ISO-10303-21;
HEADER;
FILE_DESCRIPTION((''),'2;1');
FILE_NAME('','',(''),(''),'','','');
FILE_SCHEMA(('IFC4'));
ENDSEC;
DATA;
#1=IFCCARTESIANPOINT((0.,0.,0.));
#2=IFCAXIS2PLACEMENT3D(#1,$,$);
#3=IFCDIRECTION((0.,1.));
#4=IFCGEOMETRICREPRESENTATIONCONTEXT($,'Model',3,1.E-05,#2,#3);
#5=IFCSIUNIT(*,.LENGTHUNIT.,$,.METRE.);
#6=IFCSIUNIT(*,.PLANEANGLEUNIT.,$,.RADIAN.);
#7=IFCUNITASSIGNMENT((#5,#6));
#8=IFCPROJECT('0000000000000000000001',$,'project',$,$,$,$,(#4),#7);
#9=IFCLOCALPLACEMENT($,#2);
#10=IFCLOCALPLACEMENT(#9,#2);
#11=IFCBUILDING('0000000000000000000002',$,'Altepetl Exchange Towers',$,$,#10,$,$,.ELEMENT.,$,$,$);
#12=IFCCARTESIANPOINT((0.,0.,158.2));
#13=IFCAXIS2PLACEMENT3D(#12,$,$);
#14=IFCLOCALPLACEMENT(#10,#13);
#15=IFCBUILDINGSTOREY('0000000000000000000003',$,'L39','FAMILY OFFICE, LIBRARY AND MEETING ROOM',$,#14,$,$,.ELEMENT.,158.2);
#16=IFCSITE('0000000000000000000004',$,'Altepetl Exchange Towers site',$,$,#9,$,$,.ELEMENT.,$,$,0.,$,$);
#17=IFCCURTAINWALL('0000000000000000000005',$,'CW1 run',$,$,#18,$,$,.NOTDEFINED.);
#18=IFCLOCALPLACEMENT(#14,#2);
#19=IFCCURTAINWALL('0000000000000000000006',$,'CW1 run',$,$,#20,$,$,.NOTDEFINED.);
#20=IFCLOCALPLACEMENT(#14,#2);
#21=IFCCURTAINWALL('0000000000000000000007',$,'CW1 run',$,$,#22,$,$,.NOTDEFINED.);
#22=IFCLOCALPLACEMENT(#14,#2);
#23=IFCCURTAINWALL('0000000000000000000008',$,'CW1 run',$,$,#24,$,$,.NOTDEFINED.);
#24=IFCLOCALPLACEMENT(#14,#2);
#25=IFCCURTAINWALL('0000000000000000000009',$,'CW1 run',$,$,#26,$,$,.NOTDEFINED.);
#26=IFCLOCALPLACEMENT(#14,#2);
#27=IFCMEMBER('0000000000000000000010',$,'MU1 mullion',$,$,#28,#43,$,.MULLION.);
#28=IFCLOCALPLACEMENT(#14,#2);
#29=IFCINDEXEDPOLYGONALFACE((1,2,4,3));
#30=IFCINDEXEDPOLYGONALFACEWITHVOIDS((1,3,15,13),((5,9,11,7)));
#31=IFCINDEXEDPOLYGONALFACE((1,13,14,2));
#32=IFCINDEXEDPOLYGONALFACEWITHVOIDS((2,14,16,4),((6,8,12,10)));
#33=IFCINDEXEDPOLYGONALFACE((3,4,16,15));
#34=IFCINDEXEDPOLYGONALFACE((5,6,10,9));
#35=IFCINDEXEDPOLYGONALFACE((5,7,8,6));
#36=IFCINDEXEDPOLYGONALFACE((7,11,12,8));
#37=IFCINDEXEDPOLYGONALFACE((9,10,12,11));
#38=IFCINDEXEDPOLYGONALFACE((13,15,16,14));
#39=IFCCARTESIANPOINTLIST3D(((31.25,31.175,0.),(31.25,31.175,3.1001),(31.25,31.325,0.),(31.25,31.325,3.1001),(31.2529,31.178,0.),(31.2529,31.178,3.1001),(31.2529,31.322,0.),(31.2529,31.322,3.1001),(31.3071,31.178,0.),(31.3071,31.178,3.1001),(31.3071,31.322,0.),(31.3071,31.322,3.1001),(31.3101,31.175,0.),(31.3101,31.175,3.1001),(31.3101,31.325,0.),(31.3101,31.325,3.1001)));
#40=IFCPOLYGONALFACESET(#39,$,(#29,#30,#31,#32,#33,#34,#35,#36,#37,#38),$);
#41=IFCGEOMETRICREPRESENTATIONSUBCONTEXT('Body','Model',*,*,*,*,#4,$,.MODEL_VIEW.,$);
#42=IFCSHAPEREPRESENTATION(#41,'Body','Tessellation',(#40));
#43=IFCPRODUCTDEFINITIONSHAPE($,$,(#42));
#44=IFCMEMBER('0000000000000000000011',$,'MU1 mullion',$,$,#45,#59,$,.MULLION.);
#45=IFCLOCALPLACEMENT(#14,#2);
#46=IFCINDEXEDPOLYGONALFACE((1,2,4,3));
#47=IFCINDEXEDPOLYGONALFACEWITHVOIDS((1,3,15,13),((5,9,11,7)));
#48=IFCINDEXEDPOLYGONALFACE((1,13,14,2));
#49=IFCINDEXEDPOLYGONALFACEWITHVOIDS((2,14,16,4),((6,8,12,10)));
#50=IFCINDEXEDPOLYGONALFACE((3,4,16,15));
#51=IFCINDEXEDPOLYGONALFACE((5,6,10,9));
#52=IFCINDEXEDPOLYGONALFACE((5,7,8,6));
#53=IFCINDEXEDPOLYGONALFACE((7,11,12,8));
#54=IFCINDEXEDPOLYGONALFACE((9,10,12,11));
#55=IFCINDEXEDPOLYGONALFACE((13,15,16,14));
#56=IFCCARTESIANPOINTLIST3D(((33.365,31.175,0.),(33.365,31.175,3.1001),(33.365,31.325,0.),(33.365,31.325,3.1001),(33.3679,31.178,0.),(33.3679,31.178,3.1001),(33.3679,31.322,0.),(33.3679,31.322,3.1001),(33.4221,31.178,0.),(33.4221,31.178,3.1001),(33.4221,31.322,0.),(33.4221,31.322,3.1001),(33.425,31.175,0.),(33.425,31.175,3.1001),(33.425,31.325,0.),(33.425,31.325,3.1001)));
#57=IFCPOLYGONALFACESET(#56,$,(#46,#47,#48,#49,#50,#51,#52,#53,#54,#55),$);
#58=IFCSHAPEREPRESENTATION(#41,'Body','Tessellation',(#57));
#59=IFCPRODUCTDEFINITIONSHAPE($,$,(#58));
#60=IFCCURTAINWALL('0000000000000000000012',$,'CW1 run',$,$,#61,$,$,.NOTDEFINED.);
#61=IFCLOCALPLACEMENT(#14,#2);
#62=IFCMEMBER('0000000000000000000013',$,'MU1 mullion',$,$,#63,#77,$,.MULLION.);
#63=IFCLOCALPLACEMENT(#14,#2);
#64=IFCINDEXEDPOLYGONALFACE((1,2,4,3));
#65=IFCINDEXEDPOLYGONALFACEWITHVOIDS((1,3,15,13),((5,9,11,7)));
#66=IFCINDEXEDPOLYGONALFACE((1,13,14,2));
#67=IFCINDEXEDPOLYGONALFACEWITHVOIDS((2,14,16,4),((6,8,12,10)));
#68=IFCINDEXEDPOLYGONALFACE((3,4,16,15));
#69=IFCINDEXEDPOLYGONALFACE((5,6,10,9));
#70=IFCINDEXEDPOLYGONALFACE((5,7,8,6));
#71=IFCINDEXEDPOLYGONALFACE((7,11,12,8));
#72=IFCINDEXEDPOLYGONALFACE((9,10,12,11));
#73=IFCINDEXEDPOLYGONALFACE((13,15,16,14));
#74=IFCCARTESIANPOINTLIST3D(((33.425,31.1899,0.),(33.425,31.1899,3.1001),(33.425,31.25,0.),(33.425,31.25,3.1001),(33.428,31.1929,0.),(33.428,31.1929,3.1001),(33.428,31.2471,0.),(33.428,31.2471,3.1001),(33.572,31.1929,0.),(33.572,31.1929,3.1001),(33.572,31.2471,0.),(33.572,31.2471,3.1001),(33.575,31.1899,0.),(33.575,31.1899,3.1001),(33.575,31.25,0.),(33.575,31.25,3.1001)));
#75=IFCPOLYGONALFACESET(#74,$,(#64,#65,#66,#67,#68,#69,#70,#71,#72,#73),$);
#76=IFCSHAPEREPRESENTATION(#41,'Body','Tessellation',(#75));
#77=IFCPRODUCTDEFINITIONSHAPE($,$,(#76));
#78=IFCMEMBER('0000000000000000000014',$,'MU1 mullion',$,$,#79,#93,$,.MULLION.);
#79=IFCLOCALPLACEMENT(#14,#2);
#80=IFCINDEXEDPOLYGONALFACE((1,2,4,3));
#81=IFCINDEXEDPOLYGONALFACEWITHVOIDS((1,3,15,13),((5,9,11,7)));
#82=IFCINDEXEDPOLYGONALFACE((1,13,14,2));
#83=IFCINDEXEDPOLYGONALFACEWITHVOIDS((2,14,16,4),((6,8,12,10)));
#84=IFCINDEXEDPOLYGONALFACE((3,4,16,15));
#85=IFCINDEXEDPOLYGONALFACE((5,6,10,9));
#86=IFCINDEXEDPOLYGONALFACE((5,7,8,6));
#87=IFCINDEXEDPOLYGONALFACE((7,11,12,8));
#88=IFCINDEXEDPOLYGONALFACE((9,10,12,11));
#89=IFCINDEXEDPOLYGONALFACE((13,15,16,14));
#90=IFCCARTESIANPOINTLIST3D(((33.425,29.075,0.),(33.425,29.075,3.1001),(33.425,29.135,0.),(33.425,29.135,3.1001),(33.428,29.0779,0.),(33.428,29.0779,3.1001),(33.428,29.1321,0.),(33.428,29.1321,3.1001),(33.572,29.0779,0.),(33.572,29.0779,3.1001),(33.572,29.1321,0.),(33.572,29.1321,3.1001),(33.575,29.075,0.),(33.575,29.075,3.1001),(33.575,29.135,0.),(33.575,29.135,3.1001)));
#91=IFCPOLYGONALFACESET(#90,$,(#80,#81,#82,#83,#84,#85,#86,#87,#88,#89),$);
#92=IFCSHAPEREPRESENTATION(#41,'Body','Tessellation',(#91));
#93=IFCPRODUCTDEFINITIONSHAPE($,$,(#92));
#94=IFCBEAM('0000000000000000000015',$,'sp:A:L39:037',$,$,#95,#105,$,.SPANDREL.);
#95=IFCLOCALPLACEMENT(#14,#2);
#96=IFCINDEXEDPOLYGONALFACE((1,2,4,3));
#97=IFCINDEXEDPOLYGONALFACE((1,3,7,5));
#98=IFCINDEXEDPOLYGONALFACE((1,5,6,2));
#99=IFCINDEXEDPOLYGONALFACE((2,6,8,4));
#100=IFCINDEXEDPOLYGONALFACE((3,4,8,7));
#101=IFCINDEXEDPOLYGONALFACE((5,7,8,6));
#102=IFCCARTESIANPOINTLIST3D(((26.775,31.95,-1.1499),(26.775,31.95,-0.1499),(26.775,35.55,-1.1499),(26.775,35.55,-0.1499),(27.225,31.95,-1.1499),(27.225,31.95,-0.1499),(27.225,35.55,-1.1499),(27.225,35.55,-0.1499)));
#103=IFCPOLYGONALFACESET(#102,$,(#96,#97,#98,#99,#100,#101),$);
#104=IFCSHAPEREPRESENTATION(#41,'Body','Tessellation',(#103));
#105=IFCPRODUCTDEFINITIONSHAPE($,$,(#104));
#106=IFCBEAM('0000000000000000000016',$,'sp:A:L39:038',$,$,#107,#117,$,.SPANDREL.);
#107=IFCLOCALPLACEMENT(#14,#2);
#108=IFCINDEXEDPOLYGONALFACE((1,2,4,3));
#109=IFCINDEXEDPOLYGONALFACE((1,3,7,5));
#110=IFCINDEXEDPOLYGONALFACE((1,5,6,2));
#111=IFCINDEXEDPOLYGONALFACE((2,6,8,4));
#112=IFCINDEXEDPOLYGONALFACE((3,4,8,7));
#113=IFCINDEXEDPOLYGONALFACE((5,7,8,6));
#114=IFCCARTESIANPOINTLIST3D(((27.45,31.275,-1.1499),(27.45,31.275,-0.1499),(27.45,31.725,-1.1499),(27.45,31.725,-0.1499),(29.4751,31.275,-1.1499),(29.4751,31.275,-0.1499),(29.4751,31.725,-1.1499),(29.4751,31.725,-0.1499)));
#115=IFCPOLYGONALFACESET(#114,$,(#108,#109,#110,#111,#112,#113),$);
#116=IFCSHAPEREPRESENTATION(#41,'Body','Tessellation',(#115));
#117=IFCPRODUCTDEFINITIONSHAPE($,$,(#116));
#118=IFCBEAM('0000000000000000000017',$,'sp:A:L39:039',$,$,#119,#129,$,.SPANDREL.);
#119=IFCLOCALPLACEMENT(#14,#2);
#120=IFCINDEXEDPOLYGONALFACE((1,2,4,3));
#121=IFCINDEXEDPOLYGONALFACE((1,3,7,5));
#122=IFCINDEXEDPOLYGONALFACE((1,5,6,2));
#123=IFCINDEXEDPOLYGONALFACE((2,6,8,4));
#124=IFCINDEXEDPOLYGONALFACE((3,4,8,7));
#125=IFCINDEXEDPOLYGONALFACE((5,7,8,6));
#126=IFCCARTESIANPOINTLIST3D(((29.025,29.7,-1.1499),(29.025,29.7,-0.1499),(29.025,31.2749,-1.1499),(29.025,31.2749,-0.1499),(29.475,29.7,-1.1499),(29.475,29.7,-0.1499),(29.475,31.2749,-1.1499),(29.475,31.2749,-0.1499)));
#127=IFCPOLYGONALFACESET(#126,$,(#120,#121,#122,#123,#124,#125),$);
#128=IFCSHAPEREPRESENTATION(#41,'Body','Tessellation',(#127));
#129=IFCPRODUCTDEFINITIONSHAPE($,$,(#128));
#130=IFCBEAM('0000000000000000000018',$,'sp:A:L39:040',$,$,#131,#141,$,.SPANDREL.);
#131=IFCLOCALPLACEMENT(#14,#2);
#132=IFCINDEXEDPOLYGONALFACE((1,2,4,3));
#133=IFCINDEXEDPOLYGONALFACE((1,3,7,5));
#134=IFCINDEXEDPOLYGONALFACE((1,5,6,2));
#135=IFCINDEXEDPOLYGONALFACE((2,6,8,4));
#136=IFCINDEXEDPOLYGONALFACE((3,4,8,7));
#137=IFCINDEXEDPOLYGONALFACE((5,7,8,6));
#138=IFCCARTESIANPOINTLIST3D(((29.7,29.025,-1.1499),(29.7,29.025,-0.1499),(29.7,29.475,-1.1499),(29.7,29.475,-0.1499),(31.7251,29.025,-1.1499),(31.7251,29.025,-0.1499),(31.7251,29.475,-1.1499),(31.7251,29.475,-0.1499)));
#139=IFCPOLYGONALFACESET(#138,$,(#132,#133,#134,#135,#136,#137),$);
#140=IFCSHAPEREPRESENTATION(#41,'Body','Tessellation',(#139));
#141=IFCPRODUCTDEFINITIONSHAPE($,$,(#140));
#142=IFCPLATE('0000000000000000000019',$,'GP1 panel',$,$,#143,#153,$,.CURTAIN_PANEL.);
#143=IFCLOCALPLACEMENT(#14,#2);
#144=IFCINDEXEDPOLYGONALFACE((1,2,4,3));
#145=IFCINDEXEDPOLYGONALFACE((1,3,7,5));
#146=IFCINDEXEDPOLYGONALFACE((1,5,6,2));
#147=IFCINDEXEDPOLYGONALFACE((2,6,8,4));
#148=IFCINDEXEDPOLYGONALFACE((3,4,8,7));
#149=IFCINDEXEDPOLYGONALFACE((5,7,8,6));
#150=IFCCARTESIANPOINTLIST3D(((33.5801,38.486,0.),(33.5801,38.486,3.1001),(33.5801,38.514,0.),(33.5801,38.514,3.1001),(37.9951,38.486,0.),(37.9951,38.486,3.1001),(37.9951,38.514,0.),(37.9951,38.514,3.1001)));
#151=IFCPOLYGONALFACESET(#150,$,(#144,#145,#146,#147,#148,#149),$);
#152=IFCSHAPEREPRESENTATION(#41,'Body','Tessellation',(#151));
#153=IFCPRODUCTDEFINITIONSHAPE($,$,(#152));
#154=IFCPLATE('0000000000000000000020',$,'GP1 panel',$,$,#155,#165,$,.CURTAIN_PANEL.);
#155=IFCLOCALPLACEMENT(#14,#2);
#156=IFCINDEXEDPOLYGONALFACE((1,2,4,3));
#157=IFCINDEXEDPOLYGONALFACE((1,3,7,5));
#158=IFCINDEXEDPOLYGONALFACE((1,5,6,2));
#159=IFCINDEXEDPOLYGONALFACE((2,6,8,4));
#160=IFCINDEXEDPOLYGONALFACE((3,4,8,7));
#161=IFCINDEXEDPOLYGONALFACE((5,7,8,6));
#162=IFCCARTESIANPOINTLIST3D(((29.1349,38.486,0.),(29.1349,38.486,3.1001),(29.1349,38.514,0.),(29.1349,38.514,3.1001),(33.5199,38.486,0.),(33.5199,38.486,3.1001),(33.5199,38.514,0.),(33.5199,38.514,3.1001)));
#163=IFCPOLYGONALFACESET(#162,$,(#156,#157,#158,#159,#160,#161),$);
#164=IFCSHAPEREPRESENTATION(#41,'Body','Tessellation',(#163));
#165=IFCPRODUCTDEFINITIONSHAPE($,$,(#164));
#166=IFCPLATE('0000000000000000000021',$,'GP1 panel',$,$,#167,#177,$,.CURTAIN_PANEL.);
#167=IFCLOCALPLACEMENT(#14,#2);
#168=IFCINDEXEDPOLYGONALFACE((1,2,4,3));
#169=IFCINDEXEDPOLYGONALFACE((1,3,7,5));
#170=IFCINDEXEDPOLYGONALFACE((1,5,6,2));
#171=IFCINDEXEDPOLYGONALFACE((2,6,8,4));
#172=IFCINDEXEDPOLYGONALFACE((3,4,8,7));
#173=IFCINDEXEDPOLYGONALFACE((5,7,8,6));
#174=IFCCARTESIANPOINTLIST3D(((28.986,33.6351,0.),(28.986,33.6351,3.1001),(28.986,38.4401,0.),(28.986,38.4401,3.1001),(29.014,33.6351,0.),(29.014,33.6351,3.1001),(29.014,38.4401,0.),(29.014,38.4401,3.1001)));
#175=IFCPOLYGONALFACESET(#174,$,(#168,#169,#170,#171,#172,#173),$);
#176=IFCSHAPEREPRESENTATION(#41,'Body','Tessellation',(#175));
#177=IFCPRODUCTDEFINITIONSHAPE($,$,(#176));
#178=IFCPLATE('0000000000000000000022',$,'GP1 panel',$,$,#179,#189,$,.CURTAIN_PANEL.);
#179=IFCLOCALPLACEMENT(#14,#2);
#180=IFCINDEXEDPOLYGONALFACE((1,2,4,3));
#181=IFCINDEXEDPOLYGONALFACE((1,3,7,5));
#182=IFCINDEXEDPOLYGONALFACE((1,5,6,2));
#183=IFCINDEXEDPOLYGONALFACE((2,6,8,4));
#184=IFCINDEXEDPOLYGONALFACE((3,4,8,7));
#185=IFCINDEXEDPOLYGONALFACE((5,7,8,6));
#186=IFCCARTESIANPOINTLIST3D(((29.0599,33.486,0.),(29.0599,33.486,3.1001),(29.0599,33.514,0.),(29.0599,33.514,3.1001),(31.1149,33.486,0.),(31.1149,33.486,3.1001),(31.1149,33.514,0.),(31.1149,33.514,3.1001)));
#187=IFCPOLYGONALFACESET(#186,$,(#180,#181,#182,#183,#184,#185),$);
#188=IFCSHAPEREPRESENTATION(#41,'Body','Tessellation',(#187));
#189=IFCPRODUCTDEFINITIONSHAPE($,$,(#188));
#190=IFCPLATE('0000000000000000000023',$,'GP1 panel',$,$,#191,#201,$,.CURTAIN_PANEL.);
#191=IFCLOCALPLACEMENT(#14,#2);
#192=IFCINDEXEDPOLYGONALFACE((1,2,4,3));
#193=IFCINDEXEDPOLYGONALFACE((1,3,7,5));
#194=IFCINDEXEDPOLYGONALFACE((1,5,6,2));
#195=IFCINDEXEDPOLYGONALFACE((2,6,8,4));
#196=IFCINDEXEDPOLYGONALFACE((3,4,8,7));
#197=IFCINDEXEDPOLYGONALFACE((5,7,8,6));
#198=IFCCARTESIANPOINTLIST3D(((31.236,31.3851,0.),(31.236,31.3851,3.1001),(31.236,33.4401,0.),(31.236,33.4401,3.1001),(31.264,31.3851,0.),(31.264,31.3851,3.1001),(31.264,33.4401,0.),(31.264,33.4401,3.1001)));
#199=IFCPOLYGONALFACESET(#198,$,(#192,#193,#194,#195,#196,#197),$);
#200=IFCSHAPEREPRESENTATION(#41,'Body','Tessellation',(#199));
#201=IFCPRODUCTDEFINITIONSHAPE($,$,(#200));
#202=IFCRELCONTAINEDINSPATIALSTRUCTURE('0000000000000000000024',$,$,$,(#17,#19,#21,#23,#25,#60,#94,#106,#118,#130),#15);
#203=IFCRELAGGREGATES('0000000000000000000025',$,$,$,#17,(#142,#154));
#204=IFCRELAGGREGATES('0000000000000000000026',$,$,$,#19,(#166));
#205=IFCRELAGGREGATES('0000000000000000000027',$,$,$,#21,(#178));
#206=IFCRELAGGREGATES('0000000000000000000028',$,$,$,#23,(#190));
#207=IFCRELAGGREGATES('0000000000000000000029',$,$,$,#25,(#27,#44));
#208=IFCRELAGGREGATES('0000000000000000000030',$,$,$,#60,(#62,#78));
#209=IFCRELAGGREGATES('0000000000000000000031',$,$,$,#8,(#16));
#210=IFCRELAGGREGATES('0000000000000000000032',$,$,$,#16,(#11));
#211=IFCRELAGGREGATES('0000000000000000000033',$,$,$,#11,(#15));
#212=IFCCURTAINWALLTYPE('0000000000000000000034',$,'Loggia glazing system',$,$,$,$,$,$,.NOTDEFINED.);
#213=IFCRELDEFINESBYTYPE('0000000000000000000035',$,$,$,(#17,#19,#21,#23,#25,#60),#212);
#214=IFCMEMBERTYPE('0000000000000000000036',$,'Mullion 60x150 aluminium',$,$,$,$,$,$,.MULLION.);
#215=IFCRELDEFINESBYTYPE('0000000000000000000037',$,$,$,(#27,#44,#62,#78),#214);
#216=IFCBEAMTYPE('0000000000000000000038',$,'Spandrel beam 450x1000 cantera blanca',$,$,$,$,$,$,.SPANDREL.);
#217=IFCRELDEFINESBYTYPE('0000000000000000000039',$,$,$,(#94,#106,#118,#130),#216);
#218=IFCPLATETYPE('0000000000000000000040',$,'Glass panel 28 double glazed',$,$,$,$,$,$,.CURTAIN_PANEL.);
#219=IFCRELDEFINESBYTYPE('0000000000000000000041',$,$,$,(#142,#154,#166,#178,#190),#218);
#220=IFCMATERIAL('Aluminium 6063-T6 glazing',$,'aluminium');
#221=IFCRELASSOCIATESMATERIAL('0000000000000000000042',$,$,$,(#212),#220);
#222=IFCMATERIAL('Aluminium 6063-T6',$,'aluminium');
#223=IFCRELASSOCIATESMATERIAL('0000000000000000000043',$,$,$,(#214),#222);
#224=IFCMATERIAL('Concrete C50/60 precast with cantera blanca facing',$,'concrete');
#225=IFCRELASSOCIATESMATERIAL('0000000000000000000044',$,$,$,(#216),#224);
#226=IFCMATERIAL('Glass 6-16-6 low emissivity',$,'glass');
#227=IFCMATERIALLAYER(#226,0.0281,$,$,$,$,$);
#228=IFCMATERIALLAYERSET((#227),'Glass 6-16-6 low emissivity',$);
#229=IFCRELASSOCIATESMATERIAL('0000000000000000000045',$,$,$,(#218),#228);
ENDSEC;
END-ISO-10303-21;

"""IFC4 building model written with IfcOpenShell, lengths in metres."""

from ifc_helpers import new_model, si_unit, direction, frame, origin, origin_2d, place, context, subcontext, project, spatial, rectangle, hollow_rectangle, extrude, material, layer, layer_set, material_profile, profile_set, type_object, element, aggregate, save


model = new_model("IFC4")

# Units and contexts
model_context = context("Model", 3, precision=1e-05, world=origin(), true_north=direction((0.0, 1.0)))
body_context = subcontext(model_context, "Body", "Model", "MODEL_VIEW")
ifc_project = project(units=[si_unit("LENGTHUNIT", "METRE"), si_unit("PLANEANGLEUNIT", "RADIAN")], contexts=[model_context])

# Site, building, storey
site_placement = place(None, origin())
site = spatial("IfcSite", under=ifc_project, at=site_placement, Name="Altepetl Exchange Towers site", CompositionType="ELEMENT", RefElevation=0.0)
building_placement = place(site_placement, origin())
building = spatial("IfcBuilding", under=site, at=building_placement, Name="Altepetl Exchange Towers", CompositionType="ELEMENT")
storey_placement = place(building_placement, frame((0.0, 0.0, 158.2)))
storey = spatial("IfcBuildingStorey", under=building, at=storey_placement, Name="L39", Description="FAMILY OFFICE, LIBRARY AND MEETING ROOM", CompositionType="ELEMENT", Elevation=158.2)

# Curtain walls, members
ifc_material_1 = material(Name="Aluminium 6063-T6 glazing", Category="aluminium")
curtain_wall_type = type_object("IfcCurtainWallType", Name="Loggia glazing system", PredefinedType="NOTDEFINED", material=ifc_material_1)
curtain_wall_1_placement = place(storey_placement, origin())
curtain_wall_1 = element("IfcCurtainWall", 1, at=curtain_wall_1_placement, inside=storey, type_object=curtain_wall_type, Name="CW1 run", PredefinedType="NOTDEFINED")
ifc_material_2 = material(Name="Aluminium 6063-T6", Category="aluminium")
ifc_material_profile_1 = material_profile(ifc_material_2, hollow_rectangle(XDim=0.0601, YDim=0.1499, WallThickness=0.0029, at=origin_2d()), Name="Mullion 60x150 aluminium")
ifc_profile_set_1 = profile_set([ifc_material_profile_1], Name="Aluminium 6063-T6")
member_type = type_object("IfcMemberType", Name="Mullion 60x150 aluminium", PredefinedType="MULLION", material=ifc_profile_set_1)
curtain_wall_2_placement = place(storey_placement, origin())
curtain_wall_2 = element("IfcCurtainWall", 2, at=curtain_wall_2_placement, inside=storey, type_object=curtain_wall_type, Name="CW1 run", PredefinedType="NOTDEFINED")
curtain_wall_3_placement = place(storey_placement, origin())
curtain_wall_3 = element("IfcCurtainWall", 3, at=curtain_wall_3_placement, inside=storey, type_object=curtain_wall_type, Name="CW1 run", PredefinedType="NOTDEFINED")
curtain_wall_4_placement = place(storey_placement, origin())
curtain_wall_4 = element("IfcCurtainWall", 4, at=curtain_wall_4_placement, inside=storey, type_object=curtain_wall_type, Name="CW1 run", PredefinedType="NOTDEFINED")
curtain_wall_5_placement = place(storey_placement, origin())
curtain_wall_5 = element("IfcCurtainWall", 5, at=curtain_wall_5_placement, inside=storey, type_object=curtain_wall_type, Name="CW1 run", PredefinedType="NOTDEFINED")
member_1_placement = place(storey_placement, frame((31.28, 31.25, 0.0)))
member_1 = element("IfcMember", 6, at=member_1_placement, type_object=member_type, Name="MU1 mullion", PredefinedType="MULLION", context=body_context, shape_type="SweptSolid", body=[
    extrude(hollow_rectangle(XDim=0.0601, YDim=0.1499, WallThickness=0.0029, at=origin_2d()), origin(), (0.0, 0.0, 1.0), 3.1001),
])
member_2_placement = place(storey_placement, frame((33.395, 31.25, 0.0)))
member_2 = element("IfcMember", 7, at=member_2_placement, type_object=member_type, Name="MU1 mullion", PredefinedType="MULLION", context=body_context, shape_type="SweptSolid", body=[
    extrude(hollow_rectangle(XDim=0.0601, YDim=0.1499, WallThickness=0.0029, at=origin_2d()), origin(), (0.0, 0.0, 1.0), 3.1001),
])
curtain_wall_6_placement = place(storey_placement, origin())
curtain_wall_6 = element("IfcCurtainWall", 8, at=curtain_wall_6_placement, inside=storey, type_object=curtain_wall_type, Name="CW1 run", PredefinedType="NOTDEFINED")
member_3_placement = place(storey_placement, frame((33.5, 31.22, 0.0), z_axis=(0.0, 0.0, 1.0), x_axis=(0.0, -1.0, 0.0)))
member_3 = element("IfcMember", 9, at=member_3_placement, type_object=member_type, Name="MU1 mullion", PredefinedType="MULLION", context=body_context, shape_type="SweptSolid", body=[
    extrude(hollow_rectangle(XDim=0.0601, YDim=0.1499, WallThickness=0.0029, at=origin_2d()), origin(), (0.0, 0.0, 1.0), 3.1001),
])
member_4_placement = place(storey_placement, frame((33.5, 29.105, 0.0), z_axis=(0.0, 0.0, 1.0), x_axis=(0.0, -1.0, 0.0)))
member_4 = element("IfcMember", 10, at=member_4_placement, type_object=member_type, Name="MU1 mullion", PredefinedType="MULLION", context=body_context, shape_type="SweptSolid", body=[
    extrude(hollow_rectangle(XDim=0.0601, YDim=0.1499, WallThickness=0.0029, at=origin_2d()), origin(), (0.0, 0.0, 1.0), 3.1001),
])

# Beams
ifc_material_3 = material(Name="Concrete C50/60 precast with cantera blanca facing", Category="concrete")
ifc_material_profile_2 = material_profile(ifc_material_3, rectangle(XDim=0.45, YDim=1.0, at=origin_2d()), Name="450 x 1000")
ifc_profile_set_2 = profile_set([ifc_material_profile_2], Name="Concrete C50/60 precast with cantera blanca facing")
beam_type_1 = type_object("IfcBeamType", Name="Spandrel beam 450x1000 cantera blanca", PredefinedType="SPANDREL", material=ifc_profile_set_2)
beam_1_placement = place(storey_placement, frame((27.0, 35.55, -0.6499), z_axis=(0.0, -1.0, 0.0), x_axis=(1.0, 0.0, 0.0)))
element("IfcBeam", 11, at=beam_1_placement, inside=storey, type_object=beam_type_1, Name="sp:A:L39:037", PredefinedType="SPANDREL", context=body_context, shape_type="SweptSolid", body=[
    extrude(rectangle(XDim=0.45, YDim=1.0, at=origin_2d()), origin(), (0.0, 0.0, 1.0), 3.6001),
])
beam_2_placement = place(storey_placement, frame((27.45, 31.5, -0.6499), z_axis=(1.0, 0.0, 0.0), x_axis=(0.0, 1.0, 0.0)))
element("IfcBeam", 12, at=beam_2_placement, inside=storey, type_object=beam_type_1, Name="sp:A:L39:038", PredefinedType="SPANDREL", context=body_context, shape_type="SweptSolid", body=[
    extrude(rectangle(XDim=0.45, YDim=1.0, at=origin_2d()), origin(), (0.0, 0.0, 1.0), 2.0251),
])
beam_3_placement = place(storey_placement, frame((29.25, 31.2749, -0.6499), z_axis=(0.0, -1.0, 0.0), x_axis=(1.0, 0.0, 0.0)))
element("IfcBeam", 13, at=beam_3_placement, inside=storey, type_object=beam_type_1, Name="sp:A:L39:039", PredefinedType="SPANDREL", context=body_context, shape_type="SweptSolid", body=[
    extrude(rectangle(XDim=0.45, YDim=1.0, at=origin_2d()), origin(), (0.0, 0.0, 1.0), 1.575),
])
beam_4_placement = place(storey_placement, frame((29.7, 29.25, -0.6499), z_axis=(1.0, 0.0, 0.0), x_axis=(0.0, 1.0, 0.0)))
element("IfcBeam", 14, at=beam_4_placement, inside=storey, type_object=beam_type_1, Name="sp:A:L39:040", PredefinedType="SPANDREL", context=body_context, shape_type="SweptSolid", body=[
    extrude(rectangle(XDim=0.45, YDim=1.0, at=origin_2d()), origin(), (0.0, 0.0, 1.0), 2.0251),
])

# Plates
ifc_material_4 = material(Name="Glass 6-16-6 low emissivity", Category="glass")
ifc_layer = layer(ifc_material_4, 0.0281)
ifc_layer_set = layer_set([ifc_layer], Name="Glass 6-16-6 low emissivity")
plate_type = type_object("IfcPlateType", Name="Glass panel 28 double glazed", PredefinedType="CURTAIN_PANEL", material=ifc_layer_set)
plate_1_placement = place(storey_placement, frame((35.7876, 38.5, 0.0), z_axis=(0.0, 0.0, 1.0), x_axis=(-1.0, 0.0, 0.0)))
plate_1 = element("IfcPlate", 15, at=plate_1_placement, type_object=plate_type, Name="GP1 panel", PredefinedType="CURTAIN_PANEL", context=body_context, shape_type="SweptSolid", body=[
    extrude(rectangle(XDim=4.415, YDim=0.0281, at=origin_2d()), origin(), (0.0, 0.0, 1.0), 3.1001),
])
plate_2_placement = place(storey_placement, frame((31.3274, 38.5, 0.0), z_axis=(0.0, 0.0, 1.0), x_axis=(-1.0, 0.0, 0.0)))
plate_2 = element("IfcPlate", 16, at=plate_2_placement, type_object=plate_type, Name="GP1 panel", PredefinedType="CURTAIN_PANEL", context=body_context, shape_type="SweptSolid", body=[
    extrude(rectangle(XDim=4.385, YDim=0.0281, at=origin_2d()), origin(), (0.0, 0.0, 1.0), 3.1001),
])
aggregate(curtain_wall_1, [plate_1, plate_2])
plate_3_placement = place(storey_placement, frame((29.0, 36.0376, 0.0), z_axis=(0.0, 0.0, 1.0), x_axis=(0.0, -1.0, 0.0)))
plate_3 = element("IfcPlate", 17, at=plate_3_placement, type_object=plate_type, Name="GP1 panel", PredefinedType="CURTAIN_PANEL", context=body_context, shape_type="SweptSolid", body=[
    extrude(rectangle(XDim=4.8049, YDim=0.0281, at=origin_2d()), origin(), (0.0, 0.0, 1.0), 3.1001),
])
aggregate(curtain_wall_2, [plate_3])
plate_4_placement = place(storey_placement, frame((30.0874, 33.5, 0.0)))
plate_4 = element("IfcPlate", 18, at=plate_4_placement, type_object=plate_type, Name="GP1 panel", PredefinedType="CURTAIN_PANEL", context=body_context, shape_type="SweptSolid", body=[
    extrude(rectangle(XDim=2.0549, YDim=0.0281, at=origin_2d()), origin(), (0.0, 0.0, 1.0), 3.1001),
])
aggregate(curtain_wall_3, [plate_4])
plate_5_placement = place(storey_placement, frame((31.25, 32.4126, 0.0), z_axis=(0.0, 0.0, 1.0), x_axis=(0.0, -1.0, 0.0)))
plate_5 = element("IfcPlate", 19, at=plate_5_placement, type_object=plate_type, Name="GP1 panel", PredefinedType="CURTAIN_PANEL", context=body_context, shape_type="SweptSolid", body=[
    extrude(rectangle(XDim=2.0549, YDim=0.0281, at=origin_2d()), origin(), (0.0, 0.0, 1.0), 3.1001),
])
aggregate(curtain_wall_4, [plate_5])
aggregate(curtain_wall_5, [member_1, member_2])
aggregate(curtain_wall_6, [member_3, member_4])

save(model, "model.ifc")
